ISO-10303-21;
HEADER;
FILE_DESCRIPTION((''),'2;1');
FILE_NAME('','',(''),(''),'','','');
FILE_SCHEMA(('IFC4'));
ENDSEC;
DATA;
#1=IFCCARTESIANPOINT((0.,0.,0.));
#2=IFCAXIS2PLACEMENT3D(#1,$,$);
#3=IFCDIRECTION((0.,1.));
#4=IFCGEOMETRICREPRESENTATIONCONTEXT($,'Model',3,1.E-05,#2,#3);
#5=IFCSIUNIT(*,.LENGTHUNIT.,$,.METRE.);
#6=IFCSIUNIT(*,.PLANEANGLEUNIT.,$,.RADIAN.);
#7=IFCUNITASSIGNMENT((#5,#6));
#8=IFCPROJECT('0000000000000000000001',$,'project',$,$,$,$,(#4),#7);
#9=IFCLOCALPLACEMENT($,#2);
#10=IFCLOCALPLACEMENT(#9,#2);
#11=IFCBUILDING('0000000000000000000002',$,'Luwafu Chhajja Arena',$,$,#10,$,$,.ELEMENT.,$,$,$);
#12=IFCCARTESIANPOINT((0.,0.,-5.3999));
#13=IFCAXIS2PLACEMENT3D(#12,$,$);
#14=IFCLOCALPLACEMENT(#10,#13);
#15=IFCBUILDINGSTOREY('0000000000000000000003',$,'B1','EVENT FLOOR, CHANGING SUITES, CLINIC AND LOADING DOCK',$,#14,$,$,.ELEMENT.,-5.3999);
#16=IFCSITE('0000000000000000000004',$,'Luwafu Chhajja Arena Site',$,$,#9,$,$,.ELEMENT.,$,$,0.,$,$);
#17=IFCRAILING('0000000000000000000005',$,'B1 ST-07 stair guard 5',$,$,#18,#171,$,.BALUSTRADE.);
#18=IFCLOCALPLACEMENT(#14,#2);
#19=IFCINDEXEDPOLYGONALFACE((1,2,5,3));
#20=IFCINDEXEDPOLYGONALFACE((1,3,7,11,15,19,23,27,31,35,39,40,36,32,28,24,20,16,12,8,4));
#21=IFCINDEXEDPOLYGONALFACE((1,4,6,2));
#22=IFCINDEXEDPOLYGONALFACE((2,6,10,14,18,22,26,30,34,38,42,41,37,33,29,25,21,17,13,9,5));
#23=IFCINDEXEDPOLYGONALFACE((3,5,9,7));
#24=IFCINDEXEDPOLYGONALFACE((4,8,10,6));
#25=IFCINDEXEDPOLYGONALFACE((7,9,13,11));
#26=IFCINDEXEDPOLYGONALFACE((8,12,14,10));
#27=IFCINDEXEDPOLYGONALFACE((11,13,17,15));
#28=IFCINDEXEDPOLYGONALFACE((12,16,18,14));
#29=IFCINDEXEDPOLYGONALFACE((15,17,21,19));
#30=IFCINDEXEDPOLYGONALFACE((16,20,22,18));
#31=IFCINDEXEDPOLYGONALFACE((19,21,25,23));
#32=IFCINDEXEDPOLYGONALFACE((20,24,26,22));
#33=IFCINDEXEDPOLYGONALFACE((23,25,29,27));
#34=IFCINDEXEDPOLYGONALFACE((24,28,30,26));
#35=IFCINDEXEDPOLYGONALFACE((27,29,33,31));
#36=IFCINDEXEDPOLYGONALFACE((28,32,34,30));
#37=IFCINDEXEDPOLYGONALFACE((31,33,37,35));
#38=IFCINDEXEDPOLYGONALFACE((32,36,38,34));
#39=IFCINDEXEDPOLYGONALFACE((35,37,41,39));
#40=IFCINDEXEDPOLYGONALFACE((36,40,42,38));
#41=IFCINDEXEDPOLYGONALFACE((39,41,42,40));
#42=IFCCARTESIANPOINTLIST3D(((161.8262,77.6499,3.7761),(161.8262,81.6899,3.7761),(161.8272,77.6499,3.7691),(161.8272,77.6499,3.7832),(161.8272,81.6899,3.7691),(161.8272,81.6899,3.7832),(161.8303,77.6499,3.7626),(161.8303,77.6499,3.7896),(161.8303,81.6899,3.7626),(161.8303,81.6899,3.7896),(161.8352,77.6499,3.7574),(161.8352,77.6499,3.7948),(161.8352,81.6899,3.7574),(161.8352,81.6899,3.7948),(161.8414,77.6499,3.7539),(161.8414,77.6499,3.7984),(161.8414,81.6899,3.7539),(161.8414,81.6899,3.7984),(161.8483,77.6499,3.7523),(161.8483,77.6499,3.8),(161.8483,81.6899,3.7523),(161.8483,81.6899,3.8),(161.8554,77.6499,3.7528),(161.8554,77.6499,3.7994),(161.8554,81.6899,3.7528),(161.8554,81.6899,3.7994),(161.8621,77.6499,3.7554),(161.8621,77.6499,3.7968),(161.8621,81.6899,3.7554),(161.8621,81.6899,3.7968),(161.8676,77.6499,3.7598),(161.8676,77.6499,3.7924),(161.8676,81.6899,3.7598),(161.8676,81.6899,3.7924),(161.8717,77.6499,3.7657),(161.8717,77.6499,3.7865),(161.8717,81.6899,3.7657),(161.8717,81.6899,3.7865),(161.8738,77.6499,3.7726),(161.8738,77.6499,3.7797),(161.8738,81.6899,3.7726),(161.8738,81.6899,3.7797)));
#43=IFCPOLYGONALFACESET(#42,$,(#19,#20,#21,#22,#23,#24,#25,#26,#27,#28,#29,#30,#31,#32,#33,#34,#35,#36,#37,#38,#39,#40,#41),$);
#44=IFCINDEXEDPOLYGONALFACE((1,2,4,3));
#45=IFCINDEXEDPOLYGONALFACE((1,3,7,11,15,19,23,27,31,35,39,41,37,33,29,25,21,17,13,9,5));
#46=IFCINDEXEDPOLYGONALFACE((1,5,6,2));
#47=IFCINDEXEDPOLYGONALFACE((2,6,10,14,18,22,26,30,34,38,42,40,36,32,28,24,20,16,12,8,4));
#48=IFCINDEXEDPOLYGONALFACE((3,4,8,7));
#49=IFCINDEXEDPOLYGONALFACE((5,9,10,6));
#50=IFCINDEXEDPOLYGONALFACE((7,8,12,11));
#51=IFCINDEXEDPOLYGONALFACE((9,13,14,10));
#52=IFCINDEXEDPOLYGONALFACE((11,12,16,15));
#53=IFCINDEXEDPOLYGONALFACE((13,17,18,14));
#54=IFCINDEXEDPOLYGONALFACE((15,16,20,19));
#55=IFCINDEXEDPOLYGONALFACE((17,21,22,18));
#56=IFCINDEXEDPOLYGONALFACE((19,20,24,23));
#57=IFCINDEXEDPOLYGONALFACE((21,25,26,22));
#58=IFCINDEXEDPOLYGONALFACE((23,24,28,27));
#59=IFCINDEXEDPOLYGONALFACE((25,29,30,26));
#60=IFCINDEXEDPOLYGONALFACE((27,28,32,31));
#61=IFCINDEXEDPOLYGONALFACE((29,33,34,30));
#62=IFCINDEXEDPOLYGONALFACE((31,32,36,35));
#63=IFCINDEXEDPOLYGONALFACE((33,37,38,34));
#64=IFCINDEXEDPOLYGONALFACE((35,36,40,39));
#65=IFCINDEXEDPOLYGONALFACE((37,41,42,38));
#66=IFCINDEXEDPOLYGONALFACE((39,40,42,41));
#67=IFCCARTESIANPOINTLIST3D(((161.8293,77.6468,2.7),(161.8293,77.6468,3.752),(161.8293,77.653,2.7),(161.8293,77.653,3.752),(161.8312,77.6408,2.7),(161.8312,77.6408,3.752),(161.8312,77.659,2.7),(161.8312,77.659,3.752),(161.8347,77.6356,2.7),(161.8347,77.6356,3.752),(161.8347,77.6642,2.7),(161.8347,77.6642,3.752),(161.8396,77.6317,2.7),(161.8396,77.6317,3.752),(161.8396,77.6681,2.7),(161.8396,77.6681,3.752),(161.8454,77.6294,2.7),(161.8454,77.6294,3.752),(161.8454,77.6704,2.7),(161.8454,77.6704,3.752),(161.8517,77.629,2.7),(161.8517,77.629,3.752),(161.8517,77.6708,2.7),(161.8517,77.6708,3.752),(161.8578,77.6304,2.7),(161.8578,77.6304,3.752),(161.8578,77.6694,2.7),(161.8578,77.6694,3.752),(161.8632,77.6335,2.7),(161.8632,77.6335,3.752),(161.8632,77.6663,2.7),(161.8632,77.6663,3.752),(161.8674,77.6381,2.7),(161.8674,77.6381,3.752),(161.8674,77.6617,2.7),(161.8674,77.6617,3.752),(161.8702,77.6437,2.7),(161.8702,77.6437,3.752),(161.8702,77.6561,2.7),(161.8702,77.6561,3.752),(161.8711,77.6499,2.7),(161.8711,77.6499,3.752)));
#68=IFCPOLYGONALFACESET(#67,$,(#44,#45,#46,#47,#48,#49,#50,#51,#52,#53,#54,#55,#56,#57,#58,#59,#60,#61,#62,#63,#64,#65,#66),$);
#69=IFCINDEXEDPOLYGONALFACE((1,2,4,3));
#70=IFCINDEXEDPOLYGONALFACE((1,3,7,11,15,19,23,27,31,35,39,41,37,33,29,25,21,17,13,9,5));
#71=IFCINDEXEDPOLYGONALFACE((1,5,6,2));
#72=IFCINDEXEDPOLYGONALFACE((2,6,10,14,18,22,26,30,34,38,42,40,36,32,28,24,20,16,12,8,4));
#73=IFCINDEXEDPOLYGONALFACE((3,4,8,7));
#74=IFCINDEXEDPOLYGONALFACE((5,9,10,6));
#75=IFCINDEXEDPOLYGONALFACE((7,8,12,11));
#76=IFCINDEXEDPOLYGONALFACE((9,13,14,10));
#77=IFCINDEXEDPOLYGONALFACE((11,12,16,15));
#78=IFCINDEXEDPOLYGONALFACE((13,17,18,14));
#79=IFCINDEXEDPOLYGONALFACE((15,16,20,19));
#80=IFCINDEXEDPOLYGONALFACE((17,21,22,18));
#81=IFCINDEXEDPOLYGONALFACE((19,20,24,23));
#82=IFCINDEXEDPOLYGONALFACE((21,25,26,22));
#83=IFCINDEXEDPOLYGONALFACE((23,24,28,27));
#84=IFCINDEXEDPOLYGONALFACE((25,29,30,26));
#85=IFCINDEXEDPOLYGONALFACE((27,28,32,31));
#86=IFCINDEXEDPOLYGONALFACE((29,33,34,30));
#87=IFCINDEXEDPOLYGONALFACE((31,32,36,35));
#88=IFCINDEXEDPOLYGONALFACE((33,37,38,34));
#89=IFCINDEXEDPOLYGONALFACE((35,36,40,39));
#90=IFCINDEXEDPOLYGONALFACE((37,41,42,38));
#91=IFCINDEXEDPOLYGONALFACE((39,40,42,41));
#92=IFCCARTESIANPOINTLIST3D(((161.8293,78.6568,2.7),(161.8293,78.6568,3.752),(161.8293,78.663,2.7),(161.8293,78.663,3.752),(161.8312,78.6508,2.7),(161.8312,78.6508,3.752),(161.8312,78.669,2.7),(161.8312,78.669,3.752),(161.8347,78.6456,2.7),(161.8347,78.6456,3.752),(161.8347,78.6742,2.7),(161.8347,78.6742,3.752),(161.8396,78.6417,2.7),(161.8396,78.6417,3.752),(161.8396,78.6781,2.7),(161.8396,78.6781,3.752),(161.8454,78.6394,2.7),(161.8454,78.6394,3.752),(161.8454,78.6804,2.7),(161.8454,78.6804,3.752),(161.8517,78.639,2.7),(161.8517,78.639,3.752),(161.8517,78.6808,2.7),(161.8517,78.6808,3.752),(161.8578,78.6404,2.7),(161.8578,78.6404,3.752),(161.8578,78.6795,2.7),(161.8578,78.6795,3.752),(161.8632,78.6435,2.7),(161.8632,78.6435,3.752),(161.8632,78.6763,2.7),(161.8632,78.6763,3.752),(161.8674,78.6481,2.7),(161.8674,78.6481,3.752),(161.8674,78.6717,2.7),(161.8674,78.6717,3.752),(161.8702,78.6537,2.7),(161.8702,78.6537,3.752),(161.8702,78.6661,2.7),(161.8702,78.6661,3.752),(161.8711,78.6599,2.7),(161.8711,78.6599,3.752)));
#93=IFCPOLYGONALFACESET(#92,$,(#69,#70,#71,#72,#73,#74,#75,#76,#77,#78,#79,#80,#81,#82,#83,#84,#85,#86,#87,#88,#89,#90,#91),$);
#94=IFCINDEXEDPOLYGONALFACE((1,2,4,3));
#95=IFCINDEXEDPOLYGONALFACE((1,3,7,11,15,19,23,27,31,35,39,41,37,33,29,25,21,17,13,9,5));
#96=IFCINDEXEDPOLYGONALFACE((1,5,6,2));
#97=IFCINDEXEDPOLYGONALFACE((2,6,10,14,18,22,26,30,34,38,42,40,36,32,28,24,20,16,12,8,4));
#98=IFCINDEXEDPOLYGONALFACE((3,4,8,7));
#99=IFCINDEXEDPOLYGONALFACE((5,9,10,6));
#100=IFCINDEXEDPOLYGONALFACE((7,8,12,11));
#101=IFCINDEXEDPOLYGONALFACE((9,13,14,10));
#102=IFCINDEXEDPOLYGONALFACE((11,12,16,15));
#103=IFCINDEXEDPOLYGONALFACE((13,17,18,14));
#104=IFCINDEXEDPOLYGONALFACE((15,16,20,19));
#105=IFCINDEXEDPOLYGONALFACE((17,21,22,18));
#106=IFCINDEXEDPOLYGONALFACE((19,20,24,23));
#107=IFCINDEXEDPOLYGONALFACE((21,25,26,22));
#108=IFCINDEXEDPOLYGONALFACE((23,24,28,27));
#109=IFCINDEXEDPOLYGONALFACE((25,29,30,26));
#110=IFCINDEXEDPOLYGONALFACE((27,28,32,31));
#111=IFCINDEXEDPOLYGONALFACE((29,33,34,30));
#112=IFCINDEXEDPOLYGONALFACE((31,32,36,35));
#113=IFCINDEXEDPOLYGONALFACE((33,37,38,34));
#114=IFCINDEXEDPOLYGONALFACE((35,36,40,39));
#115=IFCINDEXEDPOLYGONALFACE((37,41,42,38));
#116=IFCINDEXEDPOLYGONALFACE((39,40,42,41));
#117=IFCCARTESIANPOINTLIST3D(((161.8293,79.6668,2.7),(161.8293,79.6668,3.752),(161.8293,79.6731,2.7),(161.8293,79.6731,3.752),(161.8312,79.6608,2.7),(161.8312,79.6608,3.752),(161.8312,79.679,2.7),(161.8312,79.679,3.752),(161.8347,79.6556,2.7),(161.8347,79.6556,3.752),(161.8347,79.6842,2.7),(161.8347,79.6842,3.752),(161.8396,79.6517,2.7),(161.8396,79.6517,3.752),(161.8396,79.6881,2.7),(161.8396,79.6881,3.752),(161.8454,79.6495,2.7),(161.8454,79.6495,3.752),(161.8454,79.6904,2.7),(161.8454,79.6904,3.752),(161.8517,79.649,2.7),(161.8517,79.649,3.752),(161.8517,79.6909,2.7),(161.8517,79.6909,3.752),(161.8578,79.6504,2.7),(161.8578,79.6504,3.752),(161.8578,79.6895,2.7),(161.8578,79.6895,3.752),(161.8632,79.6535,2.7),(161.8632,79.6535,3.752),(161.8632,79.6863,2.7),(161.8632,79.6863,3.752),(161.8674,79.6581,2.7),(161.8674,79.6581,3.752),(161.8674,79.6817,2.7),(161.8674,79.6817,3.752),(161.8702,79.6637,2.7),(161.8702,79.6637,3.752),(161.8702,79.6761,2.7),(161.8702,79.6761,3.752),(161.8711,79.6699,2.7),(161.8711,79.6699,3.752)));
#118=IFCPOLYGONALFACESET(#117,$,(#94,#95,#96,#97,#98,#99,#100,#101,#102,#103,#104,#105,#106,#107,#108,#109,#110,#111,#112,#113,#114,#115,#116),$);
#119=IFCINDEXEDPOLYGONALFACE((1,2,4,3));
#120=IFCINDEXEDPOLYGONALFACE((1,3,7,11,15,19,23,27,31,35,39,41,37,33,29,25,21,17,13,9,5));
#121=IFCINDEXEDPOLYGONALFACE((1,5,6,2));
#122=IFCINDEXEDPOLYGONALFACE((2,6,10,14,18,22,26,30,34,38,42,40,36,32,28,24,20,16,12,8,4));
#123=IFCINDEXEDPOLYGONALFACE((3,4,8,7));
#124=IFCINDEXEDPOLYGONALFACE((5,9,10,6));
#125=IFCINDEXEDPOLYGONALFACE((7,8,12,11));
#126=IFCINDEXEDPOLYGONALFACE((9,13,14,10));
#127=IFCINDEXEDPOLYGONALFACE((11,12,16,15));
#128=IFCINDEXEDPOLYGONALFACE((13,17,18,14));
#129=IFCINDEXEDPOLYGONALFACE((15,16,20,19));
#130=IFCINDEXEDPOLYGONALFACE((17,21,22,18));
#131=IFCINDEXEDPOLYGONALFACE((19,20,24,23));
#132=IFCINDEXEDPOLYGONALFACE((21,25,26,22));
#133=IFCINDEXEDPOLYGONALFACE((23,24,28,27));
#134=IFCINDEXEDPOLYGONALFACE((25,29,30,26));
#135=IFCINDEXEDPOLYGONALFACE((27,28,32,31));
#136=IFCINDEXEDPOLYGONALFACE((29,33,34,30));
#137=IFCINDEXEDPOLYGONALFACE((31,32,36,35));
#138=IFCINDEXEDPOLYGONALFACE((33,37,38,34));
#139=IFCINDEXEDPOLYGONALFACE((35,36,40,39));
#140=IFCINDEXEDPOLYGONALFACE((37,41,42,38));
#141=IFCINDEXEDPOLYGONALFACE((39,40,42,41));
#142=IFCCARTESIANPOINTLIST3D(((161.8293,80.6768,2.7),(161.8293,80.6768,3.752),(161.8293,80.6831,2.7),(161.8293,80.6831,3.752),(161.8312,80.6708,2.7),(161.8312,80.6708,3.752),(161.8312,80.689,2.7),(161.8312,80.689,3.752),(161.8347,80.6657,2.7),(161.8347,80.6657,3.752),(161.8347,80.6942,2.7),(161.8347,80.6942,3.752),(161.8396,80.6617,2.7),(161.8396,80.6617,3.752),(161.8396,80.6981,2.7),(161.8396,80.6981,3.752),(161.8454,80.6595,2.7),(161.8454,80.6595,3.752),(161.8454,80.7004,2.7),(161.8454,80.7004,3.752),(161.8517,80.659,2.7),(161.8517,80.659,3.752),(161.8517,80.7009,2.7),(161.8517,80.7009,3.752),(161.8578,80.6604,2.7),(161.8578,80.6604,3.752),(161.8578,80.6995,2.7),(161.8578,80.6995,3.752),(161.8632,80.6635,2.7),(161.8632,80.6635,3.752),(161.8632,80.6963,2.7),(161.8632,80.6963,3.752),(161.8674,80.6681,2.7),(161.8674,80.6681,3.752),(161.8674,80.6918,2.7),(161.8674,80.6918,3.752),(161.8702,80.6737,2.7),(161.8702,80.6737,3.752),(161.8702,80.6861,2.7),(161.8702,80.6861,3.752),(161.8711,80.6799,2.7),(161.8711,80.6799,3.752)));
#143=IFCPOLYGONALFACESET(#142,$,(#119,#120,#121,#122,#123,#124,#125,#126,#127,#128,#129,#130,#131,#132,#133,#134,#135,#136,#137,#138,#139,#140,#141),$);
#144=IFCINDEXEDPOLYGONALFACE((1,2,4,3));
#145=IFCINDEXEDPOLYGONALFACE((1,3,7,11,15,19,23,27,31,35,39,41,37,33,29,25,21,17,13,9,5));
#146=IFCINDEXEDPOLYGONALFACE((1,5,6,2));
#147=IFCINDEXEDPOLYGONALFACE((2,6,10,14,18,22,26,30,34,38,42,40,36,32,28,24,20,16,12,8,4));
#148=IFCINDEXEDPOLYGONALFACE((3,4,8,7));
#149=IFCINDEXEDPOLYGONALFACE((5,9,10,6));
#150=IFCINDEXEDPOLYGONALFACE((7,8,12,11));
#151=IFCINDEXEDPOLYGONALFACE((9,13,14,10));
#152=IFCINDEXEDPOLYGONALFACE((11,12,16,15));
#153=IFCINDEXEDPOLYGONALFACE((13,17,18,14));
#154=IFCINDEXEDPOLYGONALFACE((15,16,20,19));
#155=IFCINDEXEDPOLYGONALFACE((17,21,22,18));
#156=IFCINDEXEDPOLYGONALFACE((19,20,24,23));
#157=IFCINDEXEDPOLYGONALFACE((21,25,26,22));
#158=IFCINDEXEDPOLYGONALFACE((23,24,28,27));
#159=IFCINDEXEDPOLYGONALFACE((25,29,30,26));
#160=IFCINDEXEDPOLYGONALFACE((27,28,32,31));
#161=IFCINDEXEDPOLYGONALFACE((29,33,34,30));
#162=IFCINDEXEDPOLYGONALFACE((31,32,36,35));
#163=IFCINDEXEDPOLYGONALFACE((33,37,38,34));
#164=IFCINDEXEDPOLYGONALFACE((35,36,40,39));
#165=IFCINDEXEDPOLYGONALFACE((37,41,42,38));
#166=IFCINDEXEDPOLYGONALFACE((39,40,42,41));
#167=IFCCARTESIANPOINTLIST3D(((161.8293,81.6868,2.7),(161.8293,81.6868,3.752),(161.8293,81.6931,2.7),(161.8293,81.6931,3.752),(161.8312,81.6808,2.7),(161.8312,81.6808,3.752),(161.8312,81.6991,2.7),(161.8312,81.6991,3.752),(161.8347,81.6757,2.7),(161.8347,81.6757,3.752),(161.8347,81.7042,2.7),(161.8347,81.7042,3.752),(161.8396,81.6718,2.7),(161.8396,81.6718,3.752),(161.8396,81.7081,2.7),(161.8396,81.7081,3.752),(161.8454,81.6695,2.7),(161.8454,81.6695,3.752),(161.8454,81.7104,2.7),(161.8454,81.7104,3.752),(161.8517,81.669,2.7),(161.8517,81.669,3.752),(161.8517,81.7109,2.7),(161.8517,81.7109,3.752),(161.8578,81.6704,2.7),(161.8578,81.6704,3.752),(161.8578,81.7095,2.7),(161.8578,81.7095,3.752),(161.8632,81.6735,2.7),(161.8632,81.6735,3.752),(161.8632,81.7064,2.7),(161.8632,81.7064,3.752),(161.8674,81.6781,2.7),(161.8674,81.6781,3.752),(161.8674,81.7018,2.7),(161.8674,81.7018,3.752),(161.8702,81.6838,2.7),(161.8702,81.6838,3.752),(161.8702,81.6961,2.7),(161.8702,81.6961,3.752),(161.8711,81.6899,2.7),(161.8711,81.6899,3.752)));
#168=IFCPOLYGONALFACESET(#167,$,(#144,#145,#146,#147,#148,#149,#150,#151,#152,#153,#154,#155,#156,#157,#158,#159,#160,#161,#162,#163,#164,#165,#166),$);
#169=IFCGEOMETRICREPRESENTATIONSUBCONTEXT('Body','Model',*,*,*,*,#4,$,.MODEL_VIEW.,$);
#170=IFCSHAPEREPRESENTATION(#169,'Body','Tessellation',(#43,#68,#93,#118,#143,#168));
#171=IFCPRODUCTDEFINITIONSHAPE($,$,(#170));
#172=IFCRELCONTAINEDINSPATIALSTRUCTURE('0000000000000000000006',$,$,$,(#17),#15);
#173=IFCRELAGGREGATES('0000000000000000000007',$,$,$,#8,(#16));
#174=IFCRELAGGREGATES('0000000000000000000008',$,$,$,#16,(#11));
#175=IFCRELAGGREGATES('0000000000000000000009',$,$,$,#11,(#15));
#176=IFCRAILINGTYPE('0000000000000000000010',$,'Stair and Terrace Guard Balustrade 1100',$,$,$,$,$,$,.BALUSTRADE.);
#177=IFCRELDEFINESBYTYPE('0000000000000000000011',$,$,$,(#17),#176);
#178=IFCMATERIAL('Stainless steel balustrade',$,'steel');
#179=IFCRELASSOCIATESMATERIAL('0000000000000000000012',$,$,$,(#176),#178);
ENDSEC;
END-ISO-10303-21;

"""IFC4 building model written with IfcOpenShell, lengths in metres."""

from ifc_helpers import new_model, si_unit, direction, frame, origin, origin_2d, place, context, subcontext, project, spatial, circle, extrude, material, type_object, element, save


model = new_model("IFC4")

# Units and contexts
model_context = context("Model", 3, precision=1e-05, world=origin(), true_north=direction((0.0, 1.0)))
body_context = subcontext(model_context, "Body", "Model", "MODEL_VIEW")
ifc_project = project(units=[si_unit("LENGTHUNIT", "METRE"), si_unit("PLANEANGLEUNIT", "RADIAN")], contexts=[model_context])

# Site, building, storey
site_placement = place(None, origin())
site = spatial("IfcSite", under=ifc_project, at=site_placement, Name="Luwafu Chhajja Arena Site", CompositionType="ELEMENT", RefElevation=0.0)
building_placement = place(site_placement, origin())
building = spatial("IfcBuilding", under=site, at=building_placement, Name="Luwafu Chhajja Arena", CompositionType="ELEMENT")
storey_placement = place(building_placement, frame((0.0, 0.0, -5.3999)))
storey = spatial("IfcBuildingStorey", under=building, at=storey_placement, Name="B1", Description="EVENT FLOOR, CHANGING SUITES, CLINIC AND LOADING DOCK", CompositionType="ELEMENT", Elevation=-5.3999)

# Railing
ifc_material_1 = material(Name="Stainless steel balustrade", Category="steel")
railing_type_1 = type_object("IfcRailingType", Name="Stair and Terrace Guard Balustrade 1100", PredefinedType="BALUSTRADE", material=ifc_material_1)
railing_1_placement = place(storey_placement, frame((161.8501, 77.6499, 2.7)))
element("IfcRailing", 1, at=railing_1_placement, inside=storey, type_object=railing_type_1, Name="B1 ST-07 stair guard 5", PredefinedType="BALUSTRADE", context=body_context, shape_type="SweptSolid", body=[
    extrude(circle(Radius=0.0239, at=origin_2d()), frame((0.0, 0.0, 1.0762), z_axis=(0.0, 1.0, 0.0), x_axis=(-1.0, 0.0, 0.0)), (0.0, 0.0, 1.0), 4.04),
    extrude(circle(Radius=0.021, at=origin_2d()), origin(), (0.0, 0.0, 1.0), 1.052),
    extrude(circle(Radius=0.021, at=origin_2d()), frame((0.0, 1.01, 0.0)), (0.0, 0.0, 1.0), 1.052),
    extrude(circle(Radius=0.021, at=origin_2d()), frame((0.0, 2.02, 0.0)), (0.0, 0.0, 1.0), 1.052),
    extrude(circle(Radius=0.021, at=origin_2d()), frame((0.0, 3.03, 0.0)), (0.0, 0.0, 1.0), 1.052),
    extrude(circle(Radius=0.021, at=origin_2d()), frame((0.0, 4.04, 0.0)), (0.0, 0.0, 1.0), 1.052),
])

save(model, "model.ifc")
